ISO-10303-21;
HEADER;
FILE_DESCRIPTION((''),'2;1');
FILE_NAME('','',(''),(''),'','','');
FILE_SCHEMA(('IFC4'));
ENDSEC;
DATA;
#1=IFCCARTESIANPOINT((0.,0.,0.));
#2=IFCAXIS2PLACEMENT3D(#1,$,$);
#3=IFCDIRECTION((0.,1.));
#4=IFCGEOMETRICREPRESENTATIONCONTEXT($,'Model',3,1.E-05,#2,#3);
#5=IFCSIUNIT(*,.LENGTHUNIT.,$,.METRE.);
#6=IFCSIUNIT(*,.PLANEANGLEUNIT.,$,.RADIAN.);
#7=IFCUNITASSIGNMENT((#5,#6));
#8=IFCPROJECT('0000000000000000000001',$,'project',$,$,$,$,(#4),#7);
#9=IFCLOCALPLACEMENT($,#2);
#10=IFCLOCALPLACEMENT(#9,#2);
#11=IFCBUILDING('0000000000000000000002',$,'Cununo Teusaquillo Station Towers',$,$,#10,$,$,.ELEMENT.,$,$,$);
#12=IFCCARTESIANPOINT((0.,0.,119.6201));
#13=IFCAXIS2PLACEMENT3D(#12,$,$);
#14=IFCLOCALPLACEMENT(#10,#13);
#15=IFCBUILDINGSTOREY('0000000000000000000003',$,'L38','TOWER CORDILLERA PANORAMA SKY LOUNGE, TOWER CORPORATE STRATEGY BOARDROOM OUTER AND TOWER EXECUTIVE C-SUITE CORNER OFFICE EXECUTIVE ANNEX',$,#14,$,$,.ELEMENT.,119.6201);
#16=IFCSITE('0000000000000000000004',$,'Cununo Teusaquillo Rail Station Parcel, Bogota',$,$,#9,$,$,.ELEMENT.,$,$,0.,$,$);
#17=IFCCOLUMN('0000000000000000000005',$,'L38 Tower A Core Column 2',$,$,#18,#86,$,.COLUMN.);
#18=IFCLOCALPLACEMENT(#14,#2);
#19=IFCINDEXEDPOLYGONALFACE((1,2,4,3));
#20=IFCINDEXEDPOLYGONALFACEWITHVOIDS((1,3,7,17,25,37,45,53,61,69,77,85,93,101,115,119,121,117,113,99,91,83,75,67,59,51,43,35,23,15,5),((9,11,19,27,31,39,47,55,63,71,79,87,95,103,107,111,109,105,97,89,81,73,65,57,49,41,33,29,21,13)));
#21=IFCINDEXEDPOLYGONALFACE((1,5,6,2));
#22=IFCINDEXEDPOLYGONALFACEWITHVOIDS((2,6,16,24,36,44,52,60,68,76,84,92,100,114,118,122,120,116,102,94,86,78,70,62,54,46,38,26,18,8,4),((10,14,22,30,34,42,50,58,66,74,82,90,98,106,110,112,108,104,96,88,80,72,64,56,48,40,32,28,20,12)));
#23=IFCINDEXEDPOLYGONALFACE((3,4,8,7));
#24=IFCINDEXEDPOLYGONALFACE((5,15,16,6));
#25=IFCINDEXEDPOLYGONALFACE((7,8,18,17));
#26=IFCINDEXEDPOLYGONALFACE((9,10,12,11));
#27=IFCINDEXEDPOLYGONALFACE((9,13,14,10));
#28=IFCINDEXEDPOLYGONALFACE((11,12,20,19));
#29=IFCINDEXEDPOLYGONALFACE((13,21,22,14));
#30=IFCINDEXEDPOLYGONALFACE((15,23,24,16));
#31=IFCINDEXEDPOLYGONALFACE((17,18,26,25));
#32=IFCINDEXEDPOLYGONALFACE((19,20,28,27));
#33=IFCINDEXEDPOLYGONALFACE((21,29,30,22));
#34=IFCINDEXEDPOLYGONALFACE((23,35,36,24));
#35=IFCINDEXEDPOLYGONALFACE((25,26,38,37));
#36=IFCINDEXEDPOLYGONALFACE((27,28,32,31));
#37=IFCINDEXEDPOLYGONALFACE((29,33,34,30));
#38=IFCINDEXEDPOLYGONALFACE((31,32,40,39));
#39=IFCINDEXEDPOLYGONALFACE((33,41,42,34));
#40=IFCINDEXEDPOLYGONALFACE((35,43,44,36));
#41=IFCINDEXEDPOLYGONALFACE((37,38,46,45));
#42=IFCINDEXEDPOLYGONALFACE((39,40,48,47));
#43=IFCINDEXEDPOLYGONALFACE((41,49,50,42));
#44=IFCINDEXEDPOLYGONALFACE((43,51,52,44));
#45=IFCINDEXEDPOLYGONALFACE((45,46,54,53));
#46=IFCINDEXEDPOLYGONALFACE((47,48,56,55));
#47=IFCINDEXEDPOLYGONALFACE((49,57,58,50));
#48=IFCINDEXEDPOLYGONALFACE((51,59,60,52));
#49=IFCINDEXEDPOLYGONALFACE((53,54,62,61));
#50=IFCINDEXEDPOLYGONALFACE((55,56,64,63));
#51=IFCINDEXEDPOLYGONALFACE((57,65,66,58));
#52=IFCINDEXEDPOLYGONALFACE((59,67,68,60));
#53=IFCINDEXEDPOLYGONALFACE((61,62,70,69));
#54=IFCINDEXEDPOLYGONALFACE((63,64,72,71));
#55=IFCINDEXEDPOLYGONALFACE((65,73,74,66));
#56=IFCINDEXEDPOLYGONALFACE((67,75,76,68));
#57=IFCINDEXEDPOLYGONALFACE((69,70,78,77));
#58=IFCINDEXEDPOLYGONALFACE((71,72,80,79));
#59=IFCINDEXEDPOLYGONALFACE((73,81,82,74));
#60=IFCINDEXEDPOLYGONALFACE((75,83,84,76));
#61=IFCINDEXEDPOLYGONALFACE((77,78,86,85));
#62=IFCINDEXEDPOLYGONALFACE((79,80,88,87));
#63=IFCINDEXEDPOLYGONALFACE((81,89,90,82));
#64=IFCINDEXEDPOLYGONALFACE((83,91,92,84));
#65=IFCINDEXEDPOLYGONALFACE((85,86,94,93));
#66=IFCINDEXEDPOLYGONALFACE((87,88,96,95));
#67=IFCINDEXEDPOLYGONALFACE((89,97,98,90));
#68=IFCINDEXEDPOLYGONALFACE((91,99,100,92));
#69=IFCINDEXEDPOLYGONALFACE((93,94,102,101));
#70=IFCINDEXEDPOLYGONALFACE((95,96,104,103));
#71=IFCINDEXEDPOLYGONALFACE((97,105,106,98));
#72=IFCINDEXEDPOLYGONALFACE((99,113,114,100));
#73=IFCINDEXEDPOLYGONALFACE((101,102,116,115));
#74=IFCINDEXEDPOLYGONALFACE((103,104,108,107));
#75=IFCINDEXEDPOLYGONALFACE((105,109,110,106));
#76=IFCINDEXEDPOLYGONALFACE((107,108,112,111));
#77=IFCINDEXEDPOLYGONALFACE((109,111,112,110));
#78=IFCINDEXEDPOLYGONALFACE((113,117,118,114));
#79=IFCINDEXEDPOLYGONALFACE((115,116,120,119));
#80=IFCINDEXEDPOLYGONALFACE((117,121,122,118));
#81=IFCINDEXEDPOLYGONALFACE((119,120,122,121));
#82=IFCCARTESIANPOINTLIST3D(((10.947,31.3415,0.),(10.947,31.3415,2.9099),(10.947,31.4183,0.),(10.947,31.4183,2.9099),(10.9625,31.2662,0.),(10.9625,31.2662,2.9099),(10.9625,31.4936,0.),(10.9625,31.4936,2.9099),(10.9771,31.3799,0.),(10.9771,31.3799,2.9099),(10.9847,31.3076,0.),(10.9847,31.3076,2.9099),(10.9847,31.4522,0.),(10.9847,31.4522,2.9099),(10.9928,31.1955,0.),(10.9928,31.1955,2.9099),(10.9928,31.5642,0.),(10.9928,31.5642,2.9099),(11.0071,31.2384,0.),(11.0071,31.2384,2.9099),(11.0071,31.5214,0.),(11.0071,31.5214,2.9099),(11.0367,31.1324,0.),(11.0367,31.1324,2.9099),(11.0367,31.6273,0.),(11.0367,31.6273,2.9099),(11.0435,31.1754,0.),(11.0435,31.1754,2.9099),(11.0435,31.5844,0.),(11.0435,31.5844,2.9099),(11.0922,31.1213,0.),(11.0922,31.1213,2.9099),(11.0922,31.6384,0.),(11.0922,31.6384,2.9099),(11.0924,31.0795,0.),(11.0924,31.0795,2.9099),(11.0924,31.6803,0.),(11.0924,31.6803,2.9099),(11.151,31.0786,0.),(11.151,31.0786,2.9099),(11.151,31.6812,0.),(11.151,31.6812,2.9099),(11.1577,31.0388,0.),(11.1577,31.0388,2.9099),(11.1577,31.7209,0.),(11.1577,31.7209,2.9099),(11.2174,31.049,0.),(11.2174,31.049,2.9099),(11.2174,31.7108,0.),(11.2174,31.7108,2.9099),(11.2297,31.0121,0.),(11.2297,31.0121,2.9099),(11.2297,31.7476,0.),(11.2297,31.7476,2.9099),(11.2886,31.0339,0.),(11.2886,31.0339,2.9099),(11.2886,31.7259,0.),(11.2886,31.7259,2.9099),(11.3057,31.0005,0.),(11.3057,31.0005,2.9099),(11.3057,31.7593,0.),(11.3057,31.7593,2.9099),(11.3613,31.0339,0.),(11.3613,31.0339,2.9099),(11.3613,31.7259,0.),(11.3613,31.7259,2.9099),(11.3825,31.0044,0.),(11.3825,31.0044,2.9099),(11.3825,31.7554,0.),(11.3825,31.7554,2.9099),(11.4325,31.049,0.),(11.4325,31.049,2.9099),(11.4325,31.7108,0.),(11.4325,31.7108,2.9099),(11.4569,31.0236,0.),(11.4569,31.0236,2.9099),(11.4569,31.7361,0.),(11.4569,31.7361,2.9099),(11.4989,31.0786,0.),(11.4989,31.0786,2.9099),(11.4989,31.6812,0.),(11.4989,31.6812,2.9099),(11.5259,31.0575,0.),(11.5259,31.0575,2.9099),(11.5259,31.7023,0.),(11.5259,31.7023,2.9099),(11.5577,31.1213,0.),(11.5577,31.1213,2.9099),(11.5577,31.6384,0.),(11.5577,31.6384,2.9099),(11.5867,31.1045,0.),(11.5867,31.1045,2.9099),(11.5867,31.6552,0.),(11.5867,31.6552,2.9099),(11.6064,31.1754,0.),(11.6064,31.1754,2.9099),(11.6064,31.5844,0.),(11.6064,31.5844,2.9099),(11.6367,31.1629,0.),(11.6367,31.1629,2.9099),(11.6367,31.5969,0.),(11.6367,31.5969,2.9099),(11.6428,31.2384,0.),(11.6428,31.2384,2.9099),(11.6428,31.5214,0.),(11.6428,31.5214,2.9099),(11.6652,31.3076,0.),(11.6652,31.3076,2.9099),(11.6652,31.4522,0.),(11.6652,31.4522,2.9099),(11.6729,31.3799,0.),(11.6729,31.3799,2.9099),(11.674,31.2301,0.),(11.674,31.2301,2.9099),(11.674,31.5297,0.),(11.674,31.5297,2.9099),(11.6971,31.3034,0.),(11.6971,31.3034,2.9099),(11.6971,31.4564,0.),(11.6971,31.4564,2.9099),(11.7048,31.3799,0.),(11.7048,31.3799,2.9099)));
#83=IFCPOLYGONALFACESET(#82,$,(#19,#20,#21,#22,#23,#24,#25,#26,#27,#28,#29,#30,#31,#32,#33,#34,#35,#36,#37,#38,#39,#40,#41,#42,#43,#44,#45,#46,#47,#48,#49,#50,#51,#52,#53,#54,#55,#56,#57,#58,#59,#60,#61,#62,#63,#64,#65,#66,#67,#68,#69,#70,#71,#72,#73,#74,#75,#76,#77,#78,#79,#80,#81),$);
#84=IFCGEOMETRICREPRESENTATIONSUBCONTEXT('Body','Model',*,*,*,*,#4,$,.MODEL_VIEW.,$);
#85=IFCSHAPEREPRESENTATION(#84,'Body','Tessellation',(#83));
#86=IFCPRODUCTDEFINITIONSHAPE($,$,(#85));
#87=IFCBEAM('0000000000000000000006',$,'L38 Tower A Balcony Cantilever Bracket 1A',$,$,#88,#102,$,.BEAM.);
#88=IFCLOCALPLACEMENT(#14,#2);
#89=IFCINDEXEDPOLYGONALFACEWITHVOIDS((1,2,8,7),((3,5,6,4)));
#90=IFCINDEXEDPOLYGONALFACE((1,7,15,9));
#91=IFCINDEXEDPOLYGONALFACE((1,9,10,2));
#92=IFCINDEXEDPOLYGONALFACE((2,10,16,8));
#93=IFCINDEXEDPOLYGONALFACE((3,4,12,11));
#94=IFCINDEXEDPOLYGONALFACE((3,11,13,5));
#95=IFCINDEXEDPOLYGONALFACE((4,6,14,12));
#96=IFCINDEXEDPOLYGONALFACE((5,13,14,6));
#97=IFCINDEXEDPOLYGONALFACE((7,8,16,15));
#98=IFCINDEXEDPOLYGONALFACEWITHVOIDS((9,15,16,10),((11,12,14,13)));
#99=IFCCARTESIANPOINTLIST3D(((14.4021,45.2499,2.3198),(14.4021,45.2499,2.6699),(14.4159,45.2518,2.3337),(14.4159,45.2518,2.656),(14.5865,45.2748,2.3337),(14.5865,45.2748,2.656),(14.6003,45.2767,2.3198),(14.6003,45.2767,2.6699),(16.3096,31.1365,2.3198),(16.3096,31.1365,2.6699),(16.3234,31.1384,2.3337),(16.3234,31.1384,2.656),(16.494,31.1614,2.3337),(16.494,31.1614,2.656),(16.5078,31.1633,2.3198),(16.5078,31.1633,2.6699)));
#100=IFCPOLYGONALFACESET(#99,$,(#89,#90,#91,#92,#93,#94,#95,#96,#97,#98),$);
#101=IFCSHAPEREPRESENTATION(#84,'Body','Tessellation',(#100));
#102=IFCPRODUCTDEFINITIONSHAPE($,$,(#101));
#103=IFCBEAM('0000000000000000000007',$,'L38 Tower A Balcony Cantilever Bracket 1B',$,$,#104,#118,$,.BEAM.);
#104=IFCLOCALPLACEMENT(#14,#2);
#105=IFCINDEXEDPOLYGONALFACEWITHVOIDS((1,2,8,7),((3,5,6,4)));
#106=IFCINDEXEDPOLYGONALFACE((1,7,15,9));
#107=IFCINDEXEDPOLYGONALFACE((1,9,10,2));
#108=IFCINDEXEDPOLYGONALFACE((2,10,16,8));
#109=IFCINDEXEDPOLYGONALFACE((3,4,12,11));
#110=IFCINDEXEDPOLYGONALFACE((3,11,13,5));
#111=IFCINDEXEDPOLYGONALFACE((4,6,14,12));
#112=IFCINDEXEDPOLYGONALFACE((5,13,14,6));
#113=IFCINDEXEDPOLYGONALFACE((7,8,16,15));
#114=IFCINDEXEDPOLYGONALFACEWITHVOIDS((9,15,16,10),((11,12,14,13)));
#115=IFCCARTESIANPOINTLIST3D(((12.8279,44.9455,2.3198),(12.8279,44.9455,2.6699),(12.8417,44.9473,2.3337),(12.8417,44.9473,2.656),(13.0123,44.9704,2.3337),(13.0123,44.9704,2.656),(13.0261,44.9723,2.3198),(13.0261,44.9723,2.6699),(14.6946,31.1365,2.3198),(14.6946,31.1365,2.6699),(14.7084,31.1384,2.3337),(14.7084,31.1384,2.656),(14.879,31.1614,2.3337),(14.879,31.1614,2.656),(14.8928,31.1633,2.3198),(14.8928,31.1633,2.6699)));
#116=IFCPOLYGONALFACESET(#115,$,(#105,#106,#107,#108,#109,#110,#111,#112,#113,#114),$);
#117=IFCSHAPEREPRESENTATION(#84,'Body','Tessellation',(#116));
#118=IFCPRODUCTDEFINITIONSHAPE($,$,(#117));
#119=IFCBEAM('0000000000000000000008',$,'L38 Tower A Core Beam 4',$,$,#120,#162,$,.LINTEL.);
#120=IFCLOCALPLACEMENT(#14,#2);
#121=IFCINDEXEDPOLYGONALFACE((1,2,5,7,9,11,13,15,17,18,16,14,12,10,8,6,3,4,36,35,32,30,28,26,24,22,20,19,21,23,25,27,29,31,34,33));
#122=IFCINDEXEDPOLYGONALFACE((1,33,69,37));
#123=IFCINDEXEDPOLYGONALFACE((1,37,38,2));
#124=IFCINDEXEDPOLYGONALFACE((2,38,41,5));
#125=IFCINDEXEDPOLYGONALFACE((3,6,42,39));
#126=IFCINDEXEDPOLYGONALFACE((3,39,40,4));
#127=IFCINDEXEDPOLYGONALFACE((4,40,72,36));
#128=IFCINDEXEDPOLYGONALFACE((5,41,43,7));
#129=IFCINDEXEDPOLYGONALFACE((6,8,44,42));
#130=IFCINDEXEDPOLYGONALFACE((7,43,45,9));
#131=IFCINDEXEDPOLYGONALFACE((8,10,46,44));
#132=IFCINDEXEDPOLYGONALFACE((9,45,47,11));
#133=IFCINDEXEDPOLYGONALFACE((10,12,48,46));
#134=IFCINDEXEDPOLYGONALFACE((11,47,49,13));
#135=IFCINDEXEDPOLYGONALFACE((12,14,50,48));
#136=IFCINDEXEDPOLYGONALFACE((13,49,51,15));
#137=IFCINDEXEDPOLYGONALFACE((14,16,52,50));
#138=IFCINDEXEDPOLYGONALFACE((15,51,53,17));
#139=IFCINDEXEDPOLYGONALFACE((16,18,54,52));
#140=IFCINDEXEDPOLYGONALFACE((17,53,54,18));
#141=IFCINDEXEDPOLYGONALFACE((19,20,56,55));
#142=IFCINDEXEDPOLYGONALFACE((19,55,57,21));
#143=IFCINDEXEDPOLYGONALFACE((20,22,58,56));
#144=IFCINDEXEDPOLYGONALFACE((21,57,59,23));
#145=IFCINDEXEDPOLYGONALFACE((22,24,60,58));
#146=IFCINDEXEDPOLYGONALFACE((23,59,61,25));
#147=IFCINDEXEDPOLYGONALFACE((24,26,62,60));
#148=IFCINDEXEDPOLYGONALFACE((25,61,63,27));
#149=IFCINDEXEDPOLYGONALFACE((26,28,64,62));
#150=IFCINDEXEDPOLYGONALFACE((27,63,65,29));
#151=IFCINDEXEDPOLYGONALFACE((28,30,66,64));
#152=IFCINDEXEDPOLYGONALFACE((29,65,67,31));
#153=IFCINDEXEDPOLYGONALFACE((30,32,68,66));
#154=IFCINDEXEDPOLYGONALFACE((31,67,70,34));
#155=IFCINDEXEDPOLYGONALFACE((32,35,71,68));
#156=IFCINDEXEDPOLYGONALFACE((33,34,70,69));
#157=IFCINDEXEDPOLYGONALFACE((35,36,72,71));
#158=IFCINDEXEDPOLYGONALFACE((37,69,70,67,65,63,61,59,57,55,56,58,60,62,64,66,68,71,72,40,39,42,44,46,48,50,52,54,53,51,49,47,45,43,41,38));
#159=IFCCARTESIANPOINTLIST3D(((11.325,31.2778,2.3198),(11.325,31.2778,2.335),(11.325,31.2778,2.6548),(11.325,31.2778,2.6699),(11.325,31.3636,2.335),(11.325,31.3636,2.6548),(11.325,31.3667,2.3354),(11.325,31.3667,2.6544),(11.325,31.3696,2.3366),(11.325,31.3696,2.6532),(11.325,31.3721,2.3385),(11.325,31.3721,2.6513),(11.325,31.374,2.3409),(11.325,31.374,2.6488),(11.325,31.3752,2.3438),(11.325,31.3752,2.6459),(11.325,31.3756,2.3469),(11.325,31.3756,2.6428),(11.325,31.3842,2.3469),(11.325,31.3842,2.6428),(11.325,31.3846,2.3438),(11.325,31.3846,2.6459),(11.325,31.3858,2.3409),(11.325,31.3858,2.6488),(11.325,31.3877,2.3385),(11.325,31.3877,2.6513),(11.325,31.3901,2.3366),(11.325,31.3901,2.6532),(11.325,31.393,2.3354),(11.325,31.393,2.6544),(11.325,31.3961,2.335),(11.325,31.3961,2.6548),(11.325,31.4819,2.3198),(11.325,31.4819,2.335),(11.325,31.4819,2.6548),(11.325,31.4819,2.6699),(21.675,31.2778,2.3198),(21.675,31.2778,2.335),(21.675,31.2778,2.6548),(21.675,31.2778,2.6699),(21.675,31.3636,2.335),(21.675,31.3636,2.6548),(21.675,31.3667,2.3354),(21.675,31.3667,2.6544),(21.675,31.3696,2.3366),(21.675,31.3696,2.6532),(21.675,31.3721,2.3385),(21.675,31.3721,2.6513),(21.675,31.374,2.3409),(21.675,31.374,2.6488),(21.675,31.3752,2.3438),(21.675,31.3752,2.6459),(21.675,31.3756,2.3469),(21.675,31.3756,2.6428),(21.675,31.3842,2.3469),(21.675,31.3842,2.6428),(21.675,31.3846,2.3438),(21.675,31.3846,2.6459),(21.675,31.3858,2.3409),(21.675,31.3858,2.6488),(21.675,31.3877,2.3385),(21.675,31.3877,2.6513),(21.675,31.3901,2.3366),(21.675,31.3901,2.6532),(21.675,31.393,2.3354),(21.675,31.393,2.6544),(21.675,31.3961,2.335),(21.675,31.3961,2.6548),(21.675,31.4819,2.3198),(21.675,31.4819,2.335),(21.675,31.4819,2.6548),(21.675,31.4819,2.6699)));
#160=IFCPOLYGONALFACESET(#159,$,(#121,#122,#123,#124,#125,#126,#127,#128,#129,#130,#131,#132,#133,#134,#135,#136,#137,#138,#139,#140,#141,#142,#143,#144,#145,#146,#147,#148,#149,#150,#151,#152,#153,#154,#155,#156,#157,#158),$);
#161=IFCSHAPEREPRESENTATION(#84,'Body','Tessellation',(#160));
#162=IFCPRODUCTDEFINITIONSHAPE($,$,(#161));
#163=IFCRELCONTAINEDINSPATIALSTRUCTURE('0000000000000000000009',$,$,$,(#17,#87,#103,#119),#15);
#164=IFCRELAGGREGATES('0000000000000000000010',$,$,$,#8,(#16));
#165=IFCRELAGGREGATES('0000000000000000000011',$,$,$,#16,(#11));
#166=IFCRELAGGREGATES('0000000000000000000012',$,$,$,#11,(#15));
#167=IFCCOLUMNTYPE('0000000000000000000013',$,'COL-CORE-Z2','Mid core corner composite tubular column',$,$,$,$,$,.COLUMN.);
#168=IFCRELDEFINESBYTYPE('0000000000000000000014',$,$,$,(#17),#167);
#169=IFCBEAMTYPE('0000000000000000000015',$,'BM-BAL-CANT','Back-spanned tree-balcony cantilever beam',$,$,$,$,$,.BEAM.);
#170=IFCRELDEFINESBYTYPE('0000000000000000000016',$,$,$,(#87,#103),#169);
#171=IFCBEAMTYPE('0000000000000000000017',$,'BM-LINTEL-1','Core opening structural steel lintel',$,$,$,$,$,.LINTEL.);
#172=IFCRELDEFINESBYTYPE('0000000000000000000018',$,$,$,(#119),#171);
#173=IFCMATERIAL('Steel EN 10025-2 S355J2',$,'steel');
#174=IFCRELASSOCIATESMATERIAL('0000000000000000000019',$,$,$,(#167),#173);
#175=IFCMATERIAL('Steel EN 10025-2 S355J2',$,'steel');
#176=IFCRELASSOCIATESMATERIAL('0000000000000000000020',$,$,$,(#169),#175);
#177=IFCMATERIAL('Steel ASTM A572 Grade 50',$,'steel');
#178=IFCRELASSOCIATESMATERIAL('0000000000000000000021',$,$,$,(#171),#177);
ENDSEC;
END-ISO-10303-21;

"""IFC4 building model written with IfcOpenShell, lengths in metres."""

from ifc_helpers import new_model, si_unit, direction, frame, origin, origin_2d, place, context, subcontext, project, spatial, hollow_rectangle, hollow_circle, i_section, extrude, material, material_profile, profile_set, type_object, element, save


model = new_model("IFC4")

# Units and contexts
model_context = context("Model", 3, precision=1e-05, world=origin(), true_north=direction((0.0, 1.0)))
body_context = subcontext(model_context, "Body", "Model", "MODEL_VIEW")
ifc_project = project(units=[si_unit("LENGTHUNIT", "METRE"), si_unit("PLANEANGLEUNIT", "RADIAN")], contexts=[model_context])

# Site, building, storey
site_placement = place(None, origin())
site = spatial("IfcSite", under=ifc_project, at=site_placement, Name="Cununo Teusaquillo Rail Station Parcel, Bogota", CompositionType="ELEMENT", RefElevation=0.0)
building_placement = place(site_placement, origin())
building = spatial("IfcBuilding", under=site, at=building_placement, Name="Cununo Teusaquillo Station Towers", CompositionType="ELEMENT")
storey_placement = place(building_placement, frame((0.0, 0.0, 119.6201)))
storey = spatial("IfcBuildingStorey", under=building, at=storey_placement, Name="L38", Description="TOWER CORDILLERA PANORAMA SKY LOUNGE, TOWER CORPORATE STRATEGY BOARDROOM OUTER AND TOWER EXECUTIVE C-SUITE CORNER OFFICE EXECUTIVE ANNEX", CompositionType="ELEMENT", Elevation=119.6201)

# Column
ifc_material_1 = material(Name="Steel EN 10025-2 S355J2", Category="steel")
ifc_material_profile_1 = material_profile(ifc_material_1, hollow_circle(Radius=0.3799, WallThickness=0.032, at=origin_2d()), Name="CHS 760x32")
ifc_profile_set_1 = profile_set([ifc_material_profile_1], Name="Steel EN 10025-2 S355J2")
column_type = type_object("IfcColumnType", Name="COL-CORE-Z2", Description="Mid core corner composite tubular column", PredefinedType="COLUMN", material=ifc_profile_set_1)
column_placement = place(storey_placement, frame((11.325, 31.3799, 0.0), z_axis=(0.0, 0.0, 1.0), x_axis=(1.0, 0.0, 0.0)))
element("IfcColumn", 1, at=column_placement, inside=storey, type_object=column_type, Name="L38 Tower A Core Column 2", PredefinedType="COLUMN", context=body_context, shape_type="SweptSolid", body=[
    extrude(hollow_circle(Radius=0.3799, WallThickness=0.032, at=origin_2d()), origin(), (0.0, 0.0, 1.0), 2.9099),
])

# Beams
ifc_material_2 = material(Name="Steel EN 10025-2 S355J2", Category="steel")
ifc_material_profile_2 = material_profile(ifc_material_2, hollow_rectangle(XDim=0.2, YDim=0.3501, WallThickness=0.0139, at=origin_2d()), Name="RHS 350x200x14")
ifc_profile_set_2 = profile_set([ifc_material_profile_2], Name="Steel EN 10025-2 S355J2")
beam_type_1 = type_object("IfcBeamType", Name="BM-BAL-CANT", Description="Back-spanned tree-balcony cantilever beam", PredefinedType="BEAM", material=ifc_profile_set_2)
beam_1_placement = place(storey_placement, frame((16.4087, 31.1499, 2.4949), z_axis=(-0.133937, 0.99099, 0.0), x_axis=(-0.99099, -0.133937, 0.0)))
element("IfcBeam", 2, at=beam_1_placement, inside=storey, type_object=beam_type_1, Name="L38 Tower A Balcony Cantilever Bracket 1A", PredefinedType="BEAM", context=body_context, shape_type="SweptSolid", body=[
    extrude(hollow_rectangle(XDim=0.2, YDim=0.3501, WallThickness=0.0139, at=origin_2d()), origin(), (0.0, 0.0, 1.0), 14.2417),
])
beam_2_placement = place(storey_placement, frame((14.7937, 31.1499, 2.4949), z_axis=(-0.133961, 0.990987, 0.0), x_axis=(-0.990987, -0.133961, 0.0)))
element("IfcBeam", 3, at=beam_2_placement, inside=storey, type_object=beam_type_1, Name="L38 Tower A Balcony Cantilever Bracket 1B", PredefinedType="BEAM", context=body_context, shape_type="SweptSolid", body=[
    extrude(hollow_rectangle(XDim=0.2, YDim=0.3501, WallThickness=0.0139, at=origin_2d()), origin(), (0.0, 0.0, 1.0), 13.9346),
])
ifc_material_3 = material(Name="Steel ASTM A572 Grade 50", Category="steel")
ifc_material_profile_3 = material_profile(ifc_material_3, i_section(OverallWidth=0.2041, OverallDepth=0.3501, WebThickness=0.0085, FlangeThickness=0.0151, FilletRadius=0.012, at=origin_2d()), Name="W14X48")
ifc_profile_set_3 = profile_set([ifc_material_profile_3], Name="Steel ASTM A572 Grade 50")
beam_type_2 = type_object("IfcBeamType", Name="BM-LINTEL-1", Description="Core opening structural steel lintel", PredefinedType="LINTEL", material=ifc_profile_set_3)
beam_3_placement = place(storey_placement, frame((11.325, 31.3799, 2.4949), z_axis=(1.0, 0.0, 0.0), x_axis=(0.0, 1.0, 0.0)))
element("IfcBeam", 4, at=beam_3_placement, inside=storey, type_object=beam_type_2, Name="L38 Tower A Core Beam 4", PredefinedType="LINTEL", context=body_context, shape_type="SweptSolid", body=[
    extrude(i_section(OverallWidth=0.2041, OverallDepth=0.3501, WebThickness=0.0085, FlangeThickness=0.0151, FilletRadius=0.012, at=origin_2d()), origin(), (0.0, 0.0, 1.0), 10.3501),
])

save(model, "model.ifc")
